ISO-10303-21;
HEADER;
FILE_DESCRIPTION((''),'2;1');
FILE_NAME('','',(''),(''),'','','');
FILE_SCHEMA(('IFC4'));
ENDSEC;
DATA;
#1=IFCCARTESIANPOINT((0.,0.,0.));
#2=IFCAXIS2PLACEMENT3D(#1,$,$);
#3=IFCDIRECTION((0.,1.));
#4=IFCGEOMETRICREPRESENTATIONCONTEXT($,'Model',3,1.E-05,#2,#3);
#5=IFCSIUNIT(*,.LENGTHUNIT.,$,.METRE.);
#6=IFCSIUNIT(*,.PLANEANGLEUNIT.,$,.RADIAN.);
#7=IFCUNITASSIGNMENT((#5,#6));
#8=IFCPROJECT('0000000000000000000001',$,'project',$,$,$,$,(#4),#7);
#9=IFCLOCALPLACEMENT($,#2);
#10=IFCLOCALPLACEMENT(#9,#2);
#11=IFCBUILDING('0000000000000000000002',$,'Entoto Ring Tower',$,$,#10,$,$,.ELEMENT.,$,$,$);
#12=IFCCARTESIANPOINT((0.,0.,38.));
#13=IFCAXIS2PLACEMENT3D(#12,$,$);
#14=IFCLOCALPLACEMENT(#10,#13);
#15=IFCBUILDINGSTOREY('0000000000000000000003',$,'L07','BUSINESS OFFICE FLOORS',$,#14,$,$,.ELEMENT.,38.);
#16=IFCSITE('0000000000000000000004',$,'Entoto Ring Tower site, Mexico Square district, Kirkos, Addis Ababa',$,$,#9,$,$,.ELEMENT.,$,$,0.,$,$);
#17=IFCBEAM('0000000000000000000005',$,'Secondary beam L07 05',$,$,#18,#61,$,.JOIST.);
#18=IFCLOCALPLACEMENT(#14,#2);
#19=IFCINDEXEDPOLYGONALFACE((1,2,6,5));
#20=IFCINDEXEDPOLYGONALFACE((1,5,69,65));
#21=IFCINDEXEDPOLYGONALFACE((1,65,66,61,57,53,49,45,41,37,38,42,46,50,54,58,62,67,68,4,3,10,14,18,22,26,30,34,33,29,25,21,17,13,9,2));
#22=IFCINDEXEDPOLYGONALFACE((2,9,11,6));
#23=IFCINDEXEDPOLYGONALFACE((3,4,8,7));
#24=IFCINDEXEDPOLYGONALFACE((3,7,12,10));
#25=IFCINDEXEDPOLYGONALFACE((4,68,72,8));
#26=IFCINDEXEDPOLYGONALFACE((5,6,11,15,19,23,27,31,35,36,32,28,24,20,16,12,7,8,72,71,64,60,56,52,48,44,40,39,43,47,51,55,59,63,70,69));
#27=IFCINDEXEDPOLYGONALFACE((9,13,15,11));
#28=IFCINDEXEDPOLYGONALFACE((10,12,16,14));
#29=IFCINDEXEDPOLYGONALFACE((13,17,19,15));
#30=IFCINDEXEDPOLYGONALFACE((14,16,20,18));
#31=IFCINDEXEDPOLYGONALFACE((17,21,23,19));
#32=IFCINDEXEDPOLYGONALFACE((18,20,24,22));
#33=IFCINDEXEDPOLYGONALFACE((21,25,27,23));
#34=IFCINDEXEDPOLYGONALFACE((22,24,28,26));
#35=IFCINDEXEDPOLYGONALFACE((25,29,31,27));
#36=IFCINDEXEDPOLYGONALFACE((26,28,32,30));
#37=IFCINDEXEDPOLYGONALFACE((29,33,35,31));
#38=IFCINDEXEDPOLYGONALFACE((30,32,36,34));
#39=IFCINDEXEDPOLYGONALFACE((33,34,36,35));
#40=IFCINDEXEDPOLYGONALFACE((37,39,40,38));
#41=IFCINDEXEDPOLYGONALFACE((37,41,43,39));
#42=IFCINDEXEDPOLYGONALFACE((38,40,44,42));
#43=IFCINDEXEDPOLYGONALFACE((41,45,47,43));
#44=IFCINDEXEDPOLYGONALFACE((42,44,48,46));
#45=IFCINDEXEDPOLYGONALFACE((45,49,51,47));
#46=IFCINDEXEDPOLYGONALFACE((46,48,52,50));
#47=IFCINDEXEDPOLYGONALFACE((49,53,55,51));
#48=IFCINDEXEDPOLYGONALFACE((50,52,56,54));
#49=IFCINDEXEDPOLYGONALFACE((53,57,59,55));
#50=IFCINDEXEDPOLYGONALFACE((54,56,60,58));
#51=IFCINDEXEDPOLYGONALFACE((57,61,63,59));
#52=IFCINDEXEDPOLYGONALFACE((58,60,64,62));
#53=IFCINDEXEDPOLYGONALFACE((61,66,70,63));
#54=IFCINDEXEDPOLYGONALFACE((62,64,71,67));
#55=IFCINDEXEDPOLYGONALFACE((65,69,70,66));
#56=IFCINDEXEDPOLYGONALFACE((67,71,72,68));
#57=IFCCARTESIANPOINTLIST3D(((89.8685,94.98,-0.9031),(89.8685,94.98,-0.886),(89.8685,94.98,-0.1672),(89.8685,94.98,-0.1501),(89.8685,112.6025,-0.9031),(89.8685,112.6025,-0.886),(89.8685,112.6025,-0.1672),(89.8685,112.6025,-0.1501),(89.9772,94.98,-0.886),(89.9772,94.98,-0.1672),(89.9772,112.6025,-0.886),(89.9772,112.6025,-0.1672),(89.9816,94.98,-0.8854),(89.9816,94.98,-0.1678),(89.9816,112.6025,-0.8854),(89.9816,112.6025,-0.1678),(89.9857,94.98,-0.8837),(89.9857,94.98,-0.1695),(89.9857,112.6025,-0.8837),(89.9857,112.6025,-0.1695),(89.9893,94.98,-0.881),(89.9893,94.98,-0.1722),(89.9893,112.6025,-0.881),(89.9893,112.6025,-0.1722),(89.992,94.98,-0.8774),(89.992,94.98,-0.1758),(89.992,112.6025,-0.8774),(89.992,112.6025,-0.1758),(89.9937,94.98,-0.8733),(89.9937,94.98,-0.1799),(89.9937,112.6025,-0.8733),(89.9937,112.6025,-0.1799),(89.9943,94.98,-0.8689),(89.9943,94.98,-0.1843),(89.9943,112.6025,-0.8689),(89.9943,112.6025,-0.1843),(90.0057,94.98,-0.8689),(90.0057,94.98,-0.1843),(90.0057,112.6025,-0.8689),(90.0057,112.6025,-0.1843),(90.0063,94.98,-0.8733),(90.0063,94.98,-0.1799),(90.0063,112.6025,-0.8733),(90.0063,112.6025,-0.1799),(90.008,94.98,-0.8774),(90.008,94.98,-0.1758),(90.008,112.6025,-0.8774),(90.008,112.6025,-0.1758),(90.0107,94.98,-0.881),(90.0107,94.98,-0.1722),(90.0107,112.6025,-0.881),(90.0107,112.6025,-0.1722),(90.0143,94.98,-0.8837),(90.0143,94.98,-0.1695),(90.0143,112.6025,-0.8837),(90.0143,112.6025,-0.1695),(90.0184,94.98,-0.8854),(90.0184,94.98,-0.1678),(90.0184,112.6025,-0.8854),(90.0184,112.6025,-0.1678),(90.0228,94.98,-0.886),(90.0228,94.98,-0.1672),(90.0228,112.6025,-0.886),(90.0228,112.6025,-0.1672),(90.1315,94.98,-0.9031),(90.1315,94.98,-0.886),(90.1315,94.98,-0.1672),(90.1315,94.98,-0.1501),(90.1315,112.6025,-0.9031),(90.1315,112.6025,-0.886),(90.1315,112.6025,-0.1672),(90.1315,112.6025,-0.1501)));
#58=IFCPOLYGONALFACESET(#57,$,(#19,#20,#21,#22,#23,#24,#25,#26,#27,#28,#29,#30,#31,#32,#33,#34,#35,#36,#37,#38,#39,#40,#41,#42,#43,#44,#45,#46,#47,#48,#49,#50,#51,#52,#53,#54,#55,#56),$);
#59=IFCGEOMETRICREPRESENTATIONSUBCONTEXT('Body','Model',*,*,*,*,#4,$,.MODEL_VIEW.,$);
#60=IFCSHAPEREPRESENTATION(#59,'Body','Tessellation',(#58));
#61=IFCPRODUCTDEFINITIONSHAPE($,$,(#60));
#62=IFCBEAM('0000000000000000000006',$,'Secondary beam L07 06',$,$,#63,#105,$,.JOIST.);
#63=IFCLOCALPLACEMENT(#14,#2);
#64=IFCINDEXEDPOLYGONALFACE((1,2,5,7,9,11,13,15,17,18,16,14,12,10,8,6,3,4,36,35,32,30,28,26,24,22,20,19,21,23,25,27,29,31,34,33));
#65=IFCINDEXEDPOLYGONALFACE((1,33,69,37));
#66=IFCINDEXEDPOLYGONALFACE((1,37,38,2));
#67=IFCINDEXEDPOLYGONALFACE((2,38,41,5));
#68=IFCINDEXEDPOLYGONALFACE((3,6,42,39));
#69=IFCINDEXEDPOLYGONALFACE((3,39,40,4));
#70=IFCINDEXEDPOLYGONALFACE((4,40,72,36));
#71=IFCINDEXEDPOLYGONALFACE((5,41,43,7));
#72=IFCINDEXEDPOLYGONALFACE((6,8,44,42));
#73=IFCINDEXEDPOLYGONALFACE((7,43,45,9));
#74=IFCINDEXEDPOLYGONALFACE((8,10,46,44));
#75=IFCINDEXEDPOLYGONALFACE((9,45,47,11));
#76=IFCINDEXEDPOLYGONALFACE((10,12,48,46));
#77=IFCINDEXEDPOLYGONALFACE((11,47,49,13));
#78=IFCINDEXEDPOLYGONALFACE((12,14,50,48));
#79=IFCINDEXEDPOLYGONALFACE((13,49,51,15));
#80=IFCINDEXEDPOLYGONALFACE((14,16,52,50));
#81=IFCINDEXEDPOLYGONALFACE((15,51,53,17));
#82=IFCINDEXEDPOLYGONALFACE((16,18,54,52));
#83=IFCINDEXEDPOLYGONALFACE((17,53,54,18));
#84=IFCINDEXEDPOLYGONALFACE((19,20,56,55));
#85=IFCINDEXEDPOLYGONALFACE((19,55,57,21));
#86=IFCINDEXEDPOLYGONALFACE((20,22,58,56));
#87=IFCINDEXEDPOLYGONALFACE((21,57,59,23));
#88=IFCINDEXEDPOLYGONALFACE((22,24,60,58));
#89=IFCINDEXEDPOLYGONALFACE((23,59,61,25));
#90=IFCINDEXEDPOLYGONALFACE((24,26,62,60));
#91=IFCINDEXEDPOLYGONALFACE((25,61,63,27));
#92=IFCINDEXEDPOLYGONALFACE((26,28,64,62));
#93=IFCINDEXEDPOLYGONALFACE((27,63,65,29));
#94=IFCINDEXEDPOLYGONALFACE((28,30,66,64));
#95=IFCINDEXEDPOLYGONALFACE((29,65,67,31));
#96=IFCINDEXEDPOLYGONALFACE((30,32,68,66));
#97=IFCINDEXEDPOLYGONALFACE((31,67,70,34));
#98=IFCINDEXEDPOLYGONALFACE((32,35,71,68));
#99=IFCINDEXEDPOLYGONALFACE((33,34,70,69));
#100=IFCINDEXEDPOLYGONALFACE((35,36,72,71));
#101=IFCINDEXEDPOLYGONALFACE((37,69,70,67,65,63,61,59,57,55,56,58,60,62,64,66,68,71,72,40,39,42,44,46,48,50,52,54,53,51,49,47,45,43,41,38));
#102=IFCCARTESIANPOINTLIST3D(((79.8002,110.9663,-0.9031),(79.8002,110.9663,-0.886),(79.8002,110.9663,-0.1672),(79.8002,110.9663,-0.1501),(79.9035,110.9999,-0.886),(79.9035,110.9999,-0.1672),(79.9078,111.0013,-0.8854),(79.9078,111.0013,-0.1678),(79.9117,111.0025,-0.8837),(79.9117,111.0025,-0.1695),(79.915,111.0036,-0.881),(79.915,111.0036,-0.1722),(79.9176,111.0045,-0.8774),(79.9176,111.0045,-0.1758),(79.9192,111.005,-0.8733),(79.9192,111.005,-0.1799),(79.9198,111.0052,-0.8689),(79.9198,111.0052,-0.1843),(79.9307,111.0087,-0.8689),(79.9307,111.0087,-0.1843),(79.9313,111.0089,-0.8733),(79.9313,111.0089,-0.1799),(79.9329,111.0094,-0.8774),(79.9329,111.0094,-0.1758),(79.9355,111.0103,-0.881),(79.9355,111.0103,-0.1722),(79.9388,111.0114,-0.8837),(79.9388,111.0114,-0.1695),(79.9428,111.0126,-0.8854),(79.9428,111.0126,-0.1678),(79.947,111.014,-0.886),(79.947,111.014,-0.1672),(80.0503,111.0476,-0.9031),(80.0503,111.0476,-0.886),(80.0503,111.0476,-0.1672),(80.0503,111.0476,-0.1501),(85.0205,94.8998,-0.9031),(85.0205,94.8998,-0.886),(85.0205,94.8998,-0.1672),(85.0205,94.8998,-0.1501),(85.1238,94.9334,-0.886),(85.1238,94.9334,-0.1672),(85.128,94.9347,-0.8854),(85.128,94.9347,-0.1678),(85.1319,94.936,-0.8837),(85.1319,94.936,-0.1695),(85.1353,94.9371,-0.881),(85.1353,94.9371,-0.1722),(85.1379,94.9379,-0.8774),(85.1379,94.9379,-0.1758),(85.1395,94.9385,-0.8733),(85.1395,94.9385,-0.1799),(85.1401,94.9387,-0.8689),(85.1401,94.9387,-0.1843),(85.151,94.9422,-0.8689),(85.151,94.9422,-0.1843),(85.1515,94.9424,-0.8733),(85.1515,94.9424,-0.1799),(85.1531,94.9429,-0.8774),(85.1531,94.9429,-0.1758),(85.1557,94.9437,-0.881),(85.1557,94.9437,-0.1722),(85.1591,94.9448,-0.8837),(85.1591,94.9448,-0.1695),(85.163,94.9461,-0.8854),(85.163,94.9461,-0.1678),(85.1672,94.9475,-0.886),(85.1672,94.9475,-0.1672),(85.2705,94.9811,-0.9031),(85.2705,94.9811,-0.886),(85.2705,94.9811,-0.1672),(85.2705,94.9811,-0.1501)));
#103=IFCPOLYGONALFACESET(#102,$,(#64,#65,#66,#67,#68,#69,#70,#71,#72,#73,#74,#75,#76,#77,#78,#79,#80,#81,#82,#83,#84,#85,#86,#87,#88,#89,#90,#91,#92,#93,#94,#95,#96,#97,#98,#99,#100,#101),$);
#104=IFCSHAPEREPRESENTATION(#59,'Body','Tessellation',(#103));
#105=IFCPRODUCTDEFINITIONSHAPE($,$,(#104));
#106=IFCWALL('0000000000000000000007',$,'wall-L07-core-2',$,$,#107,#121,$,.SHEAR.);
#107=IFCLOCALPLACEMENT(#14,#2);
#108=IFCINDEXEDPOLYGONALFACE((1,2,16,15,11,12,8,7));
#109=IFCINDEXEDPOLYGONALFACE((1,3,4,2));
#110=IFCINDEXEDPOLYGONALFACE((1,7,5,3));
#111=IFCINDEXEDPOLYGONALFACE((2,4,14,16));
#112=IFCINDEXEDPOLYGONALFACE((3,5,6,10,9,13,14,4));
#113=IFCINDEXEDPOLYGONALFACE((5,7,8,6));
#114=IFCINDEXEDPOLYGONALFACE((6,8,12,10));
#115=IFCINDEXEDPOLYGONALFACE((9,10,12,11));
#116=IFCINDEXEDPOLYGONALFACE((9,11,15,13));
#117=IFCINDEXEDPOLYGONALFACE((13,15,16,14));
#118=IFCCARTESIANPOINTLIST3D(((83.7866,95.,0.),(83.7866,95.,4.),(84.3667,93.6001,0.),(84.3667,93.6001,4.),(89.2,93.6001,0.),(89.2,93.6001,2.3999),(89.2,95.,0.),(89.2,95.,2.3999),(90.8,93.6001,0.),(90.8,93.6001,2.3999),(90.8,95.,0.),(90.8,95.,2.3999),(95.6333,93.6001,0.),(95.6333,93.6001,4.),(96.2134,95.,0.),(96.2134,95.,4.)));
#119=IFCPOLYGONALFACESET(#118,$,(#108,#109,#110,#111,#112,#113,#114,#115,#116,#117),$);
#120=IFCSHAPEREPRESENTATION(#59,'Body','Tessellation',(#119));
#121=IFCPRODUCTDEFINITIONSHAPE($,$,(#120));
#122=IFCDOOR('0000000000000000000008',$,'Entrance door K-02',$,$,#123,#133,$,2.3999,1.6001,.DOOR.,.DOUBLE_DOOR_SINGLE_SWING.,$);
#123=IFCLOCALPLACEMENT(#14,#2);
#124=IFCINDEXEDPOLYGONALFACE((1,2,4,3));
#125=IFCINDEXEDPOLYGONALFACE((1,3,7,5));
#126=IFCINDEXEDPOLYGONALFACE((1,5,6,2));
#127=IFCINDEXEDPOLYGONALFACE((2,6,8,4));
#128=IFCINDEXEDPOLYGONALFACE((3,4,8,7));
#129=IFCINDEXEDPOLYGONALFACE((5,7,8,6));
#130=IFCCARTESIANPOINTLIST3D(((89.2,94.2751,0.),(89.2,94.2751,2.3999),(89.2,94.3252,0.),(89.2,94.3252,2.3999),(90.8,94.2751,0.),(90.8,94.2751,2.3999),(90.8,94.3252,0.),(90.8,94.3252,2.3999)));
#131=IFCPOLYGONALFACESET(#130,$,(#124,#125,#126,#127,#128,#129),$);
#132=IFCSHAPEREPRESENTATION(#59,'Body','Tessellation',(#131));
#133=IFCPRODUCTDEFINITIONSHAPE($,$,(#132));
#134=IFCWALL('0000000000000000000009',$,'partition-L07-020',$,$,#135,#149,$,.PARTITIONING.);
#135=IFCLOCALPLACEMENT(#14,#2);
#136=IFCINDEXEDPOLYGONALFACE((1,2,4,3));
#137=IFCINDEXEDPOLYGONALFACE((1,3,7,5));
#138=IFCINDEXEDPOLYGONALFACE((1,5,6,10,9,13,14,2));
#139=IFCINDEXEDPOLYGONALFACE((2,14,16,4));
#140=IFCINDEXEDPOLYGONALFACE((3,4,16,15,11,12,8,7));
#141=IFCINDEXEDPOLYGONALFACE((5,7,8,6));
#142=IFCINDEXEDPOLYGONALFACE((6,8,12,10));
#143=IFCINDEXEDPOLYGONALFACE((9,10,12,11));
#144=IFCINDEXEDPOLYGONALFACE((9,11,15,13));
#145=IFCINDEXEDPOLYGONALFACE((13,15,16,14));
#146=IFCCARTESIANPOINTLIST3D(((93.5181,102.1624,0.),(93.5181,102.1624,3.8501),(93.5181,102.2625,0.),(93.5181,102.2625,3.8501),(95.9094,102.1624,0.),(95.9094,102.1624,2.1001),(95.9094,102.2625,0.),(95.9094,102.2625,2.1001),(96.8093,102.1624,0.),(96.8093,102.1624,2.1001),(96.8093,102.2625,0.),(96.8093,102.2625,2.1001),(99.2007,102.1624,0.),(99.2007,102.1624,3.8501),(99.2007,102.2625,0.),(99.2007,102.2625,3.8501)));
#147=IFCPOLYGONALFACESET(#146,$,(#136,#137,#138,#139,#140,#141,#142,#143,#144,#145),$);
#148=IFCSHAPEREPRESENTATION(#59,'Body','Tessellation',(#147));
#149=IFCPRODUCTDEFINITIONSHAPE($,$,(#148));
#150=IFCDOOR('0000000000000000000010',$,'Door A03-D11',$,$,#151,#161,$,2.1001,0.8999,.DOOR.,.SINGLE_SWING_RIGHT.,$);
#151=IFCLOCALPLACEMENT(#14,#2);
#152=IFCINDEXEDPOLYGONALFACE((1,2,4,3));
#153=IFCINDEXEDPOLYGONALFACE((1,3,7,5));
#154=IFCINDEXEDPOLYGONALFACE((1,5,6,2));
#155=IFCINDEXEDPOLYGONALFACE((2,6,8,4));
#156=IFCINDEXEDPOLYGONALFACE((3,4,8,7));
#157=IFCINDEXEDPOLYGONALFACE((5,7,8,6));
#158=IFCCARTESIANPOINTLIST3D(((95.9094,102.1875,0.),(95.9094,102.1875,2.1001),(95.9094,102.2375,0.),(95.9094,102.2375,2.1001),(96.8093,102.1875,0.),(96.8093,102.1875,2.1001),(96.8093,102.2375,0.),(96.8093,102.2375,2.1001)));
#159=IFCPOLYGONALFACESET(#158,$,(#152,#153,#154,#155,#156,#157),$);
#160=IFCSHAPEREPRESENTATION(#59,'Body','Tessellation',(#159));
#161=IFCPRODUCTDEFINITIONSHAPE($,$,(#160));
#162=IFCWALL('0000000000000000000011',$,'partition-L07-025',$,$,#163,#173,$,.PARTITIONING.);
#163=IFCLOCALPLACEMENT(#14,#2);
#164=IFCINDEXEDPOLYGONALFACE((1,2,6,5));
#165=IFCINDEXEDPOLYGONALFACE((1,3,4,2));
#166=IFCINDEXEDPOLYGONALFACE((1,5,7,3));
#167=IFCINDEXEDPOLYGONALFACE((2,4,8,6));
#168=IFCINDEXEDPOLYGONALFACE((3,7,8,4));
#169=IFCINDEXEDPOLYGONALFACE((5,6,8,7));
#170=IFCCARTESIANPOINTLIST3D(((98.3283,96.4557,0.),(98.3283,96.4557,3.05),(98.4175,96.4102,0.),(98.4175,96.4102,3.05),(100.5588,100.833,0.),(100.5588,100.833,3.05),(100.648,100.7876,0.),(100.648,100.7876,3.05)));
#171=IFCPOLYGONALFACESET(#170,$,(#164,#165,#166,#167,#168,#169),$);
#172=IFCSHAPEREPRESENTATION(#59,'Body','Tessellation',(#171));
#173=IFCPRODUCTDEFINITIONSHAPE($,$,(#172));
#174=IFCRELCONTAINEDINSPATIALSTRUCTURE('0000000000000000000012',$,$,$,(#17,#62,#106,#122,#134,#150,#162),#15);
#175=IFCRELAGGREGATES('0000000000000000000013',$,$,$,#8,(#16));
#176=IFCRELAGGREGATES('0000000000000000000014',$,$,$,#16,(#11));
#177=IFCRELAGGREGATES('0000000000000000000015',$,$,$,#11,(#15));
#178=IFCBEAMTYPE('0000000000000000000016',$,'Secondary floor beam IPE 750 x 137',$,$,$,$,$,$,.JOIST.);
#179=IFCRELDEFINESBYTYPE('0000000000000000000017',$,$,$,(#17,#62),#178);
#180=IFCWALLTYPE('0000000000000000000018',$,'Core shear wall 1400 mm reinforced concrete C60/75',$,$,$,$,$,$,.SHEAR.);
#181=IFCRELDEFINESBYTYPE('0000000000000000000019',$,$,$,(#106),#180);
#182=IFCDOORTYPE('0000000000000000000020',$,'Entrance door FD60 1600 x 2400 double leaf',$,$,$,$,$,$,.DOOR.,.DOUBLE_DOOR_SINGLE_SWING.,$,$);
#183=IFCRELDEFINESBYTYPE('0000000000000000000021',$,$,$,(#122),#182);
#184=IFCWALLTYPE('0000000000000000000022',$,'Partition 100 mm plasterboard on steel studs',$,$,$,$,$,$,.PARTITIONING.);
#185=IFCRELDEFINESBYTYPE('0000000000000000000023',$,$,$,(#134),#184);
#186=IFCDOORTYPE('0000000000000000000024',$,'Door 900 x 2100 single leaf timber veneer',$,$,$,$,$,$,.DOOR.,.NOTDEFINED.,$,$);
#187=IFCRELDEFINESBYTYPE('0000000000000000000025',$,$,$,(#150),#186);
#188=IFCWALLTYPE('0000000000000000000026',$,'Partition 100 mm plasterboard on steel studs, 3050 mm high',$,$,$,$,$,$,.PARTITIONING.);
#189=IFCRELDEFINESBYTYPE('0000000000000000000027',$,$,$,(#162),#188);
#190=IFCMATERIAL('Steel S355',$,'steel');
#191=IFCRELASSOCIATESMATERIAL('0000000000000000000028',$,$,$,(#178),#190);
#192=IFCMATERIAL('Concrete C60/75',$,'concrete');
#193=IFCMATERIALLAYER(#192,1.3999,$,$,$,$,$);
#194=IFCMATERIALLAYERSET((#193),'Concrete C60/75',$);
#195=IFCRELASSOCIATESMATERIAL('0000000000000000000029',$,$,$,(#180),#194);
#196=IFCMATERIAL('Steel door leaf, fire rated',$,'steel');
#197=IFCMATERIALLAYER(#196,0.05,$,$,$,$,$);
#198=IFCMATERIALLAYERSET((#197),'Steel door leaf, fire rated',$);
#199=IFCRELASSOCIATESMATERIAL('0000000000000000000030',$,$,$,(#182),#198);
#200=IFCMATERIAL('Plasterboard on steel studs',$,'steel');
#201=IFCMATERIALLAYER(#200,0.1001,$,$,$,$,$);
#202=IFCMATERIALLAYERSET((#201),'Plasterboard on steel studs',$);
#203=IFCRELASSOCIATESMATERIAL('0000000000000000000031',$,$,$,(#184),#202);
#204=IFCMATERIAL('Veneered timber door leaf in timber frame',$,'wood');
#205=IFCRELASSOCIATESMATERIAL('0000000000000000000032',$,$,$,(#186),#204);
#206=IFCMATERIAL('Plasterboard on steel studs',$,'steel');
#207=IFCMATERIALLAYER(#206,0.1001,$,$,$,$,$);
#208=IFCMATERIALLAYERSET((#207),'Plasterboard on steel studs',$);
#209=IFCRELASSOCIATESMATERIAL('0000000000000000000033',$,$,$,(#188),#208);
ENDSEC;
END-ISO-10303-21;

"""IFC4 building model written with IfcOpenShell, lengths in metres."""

from ifc_helpers import new_model, si_unit, direction, frame, frame_2d, origin, origin_2d, place, context, subcontext, project, spatial, polyline, rectangle, i_section, outline, extrude, material, layer, layer_set, material_profile, profile_set, type_object, element, fill, save


model = new_model("IFC4")

# Units and contexts
model_context = context("Model", 3, precision=1e-05, world=origin(), true_north=direction((0.0, 1.0)))
body_context = subcontext(model_context, "Body", "Model", "MODEL_VIEW")
ifc_project = project(units=[si_unit("LENGTHUNIT", "METRE"), si_unit("PLANEANGLEUNIT", "RADIAN")], contexts=[model_context])

# Site, building, storey
site_placement = place(None, origin())
site = spatial("IfcSite", under=ifc_project, at=site_placement, Name="Entoto Ring Tower site, Mexico Square district, Kirkos, Addis Ababa", CompositionType="ELEMENT", RefElevation=0.0)
building_placement = place(site_placement, origin())
building = spatial("IfcBuilding", under=site, at=building_placement, Name="Entoto Ring Tower", CompositionType="ELEMENT")
storey_placement = place(building_placement, frame((0.0, 0.0, 38.0)))
storey = spatial("IfcBuildingStorey", under=building, at=storey_placement, Name="L07", Description="BUSINESS OFFICE FLOORS", CompositionType="ELEMENT", Elevation=38.0)

# Beams
ifc_material_1 = material(Name="Steel S355", Category="steel")
ifc_material_profile_1 = material_profile(ifc_material_1, i_section(OverallWidth=0.2629, OverallDepth=0.7529, WebThickness=0.0115, FlangeThickness=0.0171, FilletRadius=0.0171, at=origin_2d()), Name="IPE 750 x 137")
ifc_profile_set_1 = profile_set([ifc_material_profile_1], Name="Steel S355")
beam_type_1 = type_object("IfcBeamType", Name="Secondary floor beam IPE 750 x 137", PredefinedType="JOIST", material=ifc_profile_set_1)
beam_1_placement = place(storey_placement, frame((90.0, 94.98, -0.5266), z_axis=(0.0, 1.0, 0.0), x_axis=(-1.0, 0.0, 0.0)))
element("IfcBeam", 1, at=beam_1_placement, inside=storey, type_object=beam_type_1, Name="Secondary beam L07 05", PredefinedType="JOIST", context=body_context, shape_type="SweptSolid", body=[
    extrude(i_section(OverallWidth=0.2629, OverallDepth=0.7529, WebThickness=0.0115, FlangeThickness=0.0171, FilletRadius=0.0171, at=origin_2d()), origin(), (0.0, 0.0, 1.0), 17.6226),
])
beam_2_placement = place(storey_placement, frame((85.1455, 94.9404, -0.5266), z_axis=(-0.309013, 0.951058, 0.0), x_axis=(-0.951058, -0.309013, 0.0)))
element("IfcBeam", 2, at=beam_2_placement, inside=storey, type_object=beam_type_1, Name="Secondary beam L07 06", PredefinedType="JOIST", context=body_context, shape_type="SweptSolid", body=[
    extrude(i_section(OverallWidth=0.2629, OverallDepth=0.7529, WebThickness=0.0115, FlangeThickness=0.0171, FilletRadius=0.0171, at=origin_2d()), origin(), (0.0, 0.0, 1.0), 16.8933),
])

# Walls, openings, doors
ifc_material_2 = material(Name="Concrete C60/75", Category="concrete")
ifc_layer_1 = layer(ifc_material_2, 1.3999)
ifc_layer_set_1 = layer_set([ifc_layer_1], Name="Concrete C60/75")
wall_type_1 = type_object("IfcWallType", Name="Core shear wall 1400 mm reinforced concrete C60/75", PredefinedType="SHEAR", material=ifc_layer_set_1)
wall_1_placement = place(storey_placement, frame((95.9233, 94.3, 0.0), z_axis=(0.0, 0.0, 1.0), x_axis=(-1.0, 0.0, 0.0)))
wall_1 = element("IfcWall", 3, at=wall_1_placement, inside=storey, type_object=wall_type_1, Name="wall-L07-core-2", PredefinedType="SHEAR", context=body_context, shape_type="SweptSolid", body=[
    extrude(outline(polyline([(-0.29, -0.7), (12.1367, -0.7), (11.5566, 0.7), (0.29, 0.7), (-0.29, -0.7)])), origin(), (0.0, 0.0, 1.0), 4.0),
])
opening_1_placement = place(wall_1_placement, frame((5.1233, 0.0, 0.0)))
opening_1 = element("IfcOpeningElement", 4, at=opening_1_placement, cuts=wall_1, PredefinedType="OPENING", context=body_context, shape_type="SweptSolid", body=[
    extrude(rectangle(XDim=1.6001, YDim=2.3999, at=frame_2d((0.8, 1.2))), frame((0.0, 0.71, 0.0), z_axis=(0.0, -1.0, 0.0), x_axis=(1.0, 0.0, 0.0)), (0.0, 0.0, 1.0), 1.4199),
])
ifc_material_3 = material(Name="Steel door leaf, fire rated", Category="steel")
ifc_layer_2 = layer(ifc_material_3, 0.05)
ifc_layer_set_2 = layer_set([ifc_layer_2], Name="Steel door leaf, fire rated")
door_type_1 = type_object("IfcDoorType", Name="Entrance door FD60 1600 x 2400 double leaf", OperationType="DOUBLE_DOOR_SINGLE_SWING", PredefinedType="DOOR", material=ifc_layer_set_2)
door_1_placement = place(opening_1_placement, origin())
door_1 = element("IfcDoor", 5, at=door_1_placement, inside=storey, type_object=door_type_1, Name="Entrance door K-02", OperationType="DOUBLE_DOOR_SINGLE_SWING", OverallHeight=2.3999, OverallWidth=1.6001, PredefinedType="DOOR", context=body_context, shape_type="SweptSolid", body=[
    extrude(rectangle(XDim=1.6001, YDim=2.3999, at=frame_2d((0.8, 1.2))), frame((0.0, 0.0249, 0.0), z_axis=(0.0, -1.0, 0.0), x_axis=(1.0, 0.0, 0.0)), (0.0, 0.0, 1.0), 0.05),
])
fill(opening_1, door_1)
ifc_material_4 = material(Name="Plasterboard on steel studs", Category="steel")
ifc_layer_3 = layer(ifc_material_4, 0.1001)
ifc_layer_set_3 = layer_set([ifc_layer_3], Name="Plasterboard on steel studs")
wall_type_2 = type_object("IfcWallType", Name="Partition 100 mm plasterboard on steel studs", PredefinedType="PARTITIONING", material=ifc_layer_set_3)
wall_2_placement = place(storey_placement, frame((93.5181, 102.2124, 0.0), z_axis=(0.0, 0.0, 1.0), x_axis=(1.0, 0.0, 0.0)))
wall_2 = element("IfcWall", 6, at=wall_2_placement, inside=storey, type_object=wall_type_2, Name="partition-L07-020", PredefinedType="PARTITIONING", context=body_context, shape_type="SweptSolid", body=[
    extrude(rectangle(XDim=5.6826, YDim=0.1001, at=frame_2d((2.8413, 0.0))), origin(), (0.0, 0.0, 1.0), 3.8501),
])
opening_2_placement = place(wall_2_placement, frame((2.3914, 0.0, 0.0)))
opening_2 = element("IfcOpeningElement", 7, at=opening_2_placement, cuts=wall_2, PredefinedType="OPENING", context=body_context, shape_type="SweptSolid", body=[
    extrude(rectangle(XDim=0.8999, YDim=2.1001, at=frame_2d((0.45, 1.05))), frame((0.0, 0.0601, 0.0), z_axis=(0.0, -1.0, 0.0), x_axis=(1.0, 0.0, 0.0)), (0.0, 0.0, 1.0), 0.1201),
])
ifc_material_5 = material(Name="Veneered timber door leaf in timber frame", Category="wood")
door_type_2 = type_object("IfcDoorType", Name="Door 900 x 2100 single leaf timber veneer", OperationType="NOTDEFINED", PredefinedType="DOOR", material=ifc_material_5)
door_2_placement = place(opening_2_placement, frame((0.8999, 0.0, 0.0), z_axis=(0.0, 0.0, 1.0), x_axis=(-1.0, 0.0, 0.0)))
door_2 = element("IfcDoor", 8, at=door_2_placement, inside=storey, type_object=door_type_2, Name="Door A03-D11", OperationType="SINGLE_SWING_RIGHT", OverallHeight=2.1001, OverallWidth=0.8999, PredefinedType="DOOR", context=body_context, shape_type="SweptSolid", body=[
    extrude(rectangle(XDim=0.8999, YDim=2.1001, at=frame_2d((0.45, 1.05))), frame((0.0, 0.0249, 0.0), z_axis=(0.0, -1.0, 0.0), x_axis=(1.0, 0.0, 0.0)), (0.0, 0.0, 1.0), 0.05),
])
fill(opening_2, door_2)

# Wall
ifc_material_6 = material(Name="Plasterboard on steel studs", Category="steel")
ifc_layer_4 = layer(ifc_material_6, 0.1001)
ifc_layer_set_4 = layer_set([ifc_layer_4], Name="Plasterboard on steel studs")
wall_type_3 = type_object("IfcWallType", Name="Partition 100 mm plasterboard on steel studs, 3050 mm high", PredefinedType="PARTITIONING", material=ifc_layer_set_4)
wall_3_placement = place(storey_placement, frame((98.3728, 96.4329, 0.0), z_axis=(0.0, 0.0, 1.0), x_axis=(0.454019, 0.890992, 0.0)))
element("IfcWall", 9, at=wall_3_placement, inside=storey, type_object=wall_type_3, Name="partition-L07-025", PredefinedType="PARTITIONING", context=body_context, shape_type="SweptSolid", body=[
    extrude(rectangle(XDim=4.9128, YDim=0.1001, at=frame_2d((2.4565, 0.0))), origin(), (0.0, 0.0, 1.0), 3.05),
])

save(model, "model.ifc")
